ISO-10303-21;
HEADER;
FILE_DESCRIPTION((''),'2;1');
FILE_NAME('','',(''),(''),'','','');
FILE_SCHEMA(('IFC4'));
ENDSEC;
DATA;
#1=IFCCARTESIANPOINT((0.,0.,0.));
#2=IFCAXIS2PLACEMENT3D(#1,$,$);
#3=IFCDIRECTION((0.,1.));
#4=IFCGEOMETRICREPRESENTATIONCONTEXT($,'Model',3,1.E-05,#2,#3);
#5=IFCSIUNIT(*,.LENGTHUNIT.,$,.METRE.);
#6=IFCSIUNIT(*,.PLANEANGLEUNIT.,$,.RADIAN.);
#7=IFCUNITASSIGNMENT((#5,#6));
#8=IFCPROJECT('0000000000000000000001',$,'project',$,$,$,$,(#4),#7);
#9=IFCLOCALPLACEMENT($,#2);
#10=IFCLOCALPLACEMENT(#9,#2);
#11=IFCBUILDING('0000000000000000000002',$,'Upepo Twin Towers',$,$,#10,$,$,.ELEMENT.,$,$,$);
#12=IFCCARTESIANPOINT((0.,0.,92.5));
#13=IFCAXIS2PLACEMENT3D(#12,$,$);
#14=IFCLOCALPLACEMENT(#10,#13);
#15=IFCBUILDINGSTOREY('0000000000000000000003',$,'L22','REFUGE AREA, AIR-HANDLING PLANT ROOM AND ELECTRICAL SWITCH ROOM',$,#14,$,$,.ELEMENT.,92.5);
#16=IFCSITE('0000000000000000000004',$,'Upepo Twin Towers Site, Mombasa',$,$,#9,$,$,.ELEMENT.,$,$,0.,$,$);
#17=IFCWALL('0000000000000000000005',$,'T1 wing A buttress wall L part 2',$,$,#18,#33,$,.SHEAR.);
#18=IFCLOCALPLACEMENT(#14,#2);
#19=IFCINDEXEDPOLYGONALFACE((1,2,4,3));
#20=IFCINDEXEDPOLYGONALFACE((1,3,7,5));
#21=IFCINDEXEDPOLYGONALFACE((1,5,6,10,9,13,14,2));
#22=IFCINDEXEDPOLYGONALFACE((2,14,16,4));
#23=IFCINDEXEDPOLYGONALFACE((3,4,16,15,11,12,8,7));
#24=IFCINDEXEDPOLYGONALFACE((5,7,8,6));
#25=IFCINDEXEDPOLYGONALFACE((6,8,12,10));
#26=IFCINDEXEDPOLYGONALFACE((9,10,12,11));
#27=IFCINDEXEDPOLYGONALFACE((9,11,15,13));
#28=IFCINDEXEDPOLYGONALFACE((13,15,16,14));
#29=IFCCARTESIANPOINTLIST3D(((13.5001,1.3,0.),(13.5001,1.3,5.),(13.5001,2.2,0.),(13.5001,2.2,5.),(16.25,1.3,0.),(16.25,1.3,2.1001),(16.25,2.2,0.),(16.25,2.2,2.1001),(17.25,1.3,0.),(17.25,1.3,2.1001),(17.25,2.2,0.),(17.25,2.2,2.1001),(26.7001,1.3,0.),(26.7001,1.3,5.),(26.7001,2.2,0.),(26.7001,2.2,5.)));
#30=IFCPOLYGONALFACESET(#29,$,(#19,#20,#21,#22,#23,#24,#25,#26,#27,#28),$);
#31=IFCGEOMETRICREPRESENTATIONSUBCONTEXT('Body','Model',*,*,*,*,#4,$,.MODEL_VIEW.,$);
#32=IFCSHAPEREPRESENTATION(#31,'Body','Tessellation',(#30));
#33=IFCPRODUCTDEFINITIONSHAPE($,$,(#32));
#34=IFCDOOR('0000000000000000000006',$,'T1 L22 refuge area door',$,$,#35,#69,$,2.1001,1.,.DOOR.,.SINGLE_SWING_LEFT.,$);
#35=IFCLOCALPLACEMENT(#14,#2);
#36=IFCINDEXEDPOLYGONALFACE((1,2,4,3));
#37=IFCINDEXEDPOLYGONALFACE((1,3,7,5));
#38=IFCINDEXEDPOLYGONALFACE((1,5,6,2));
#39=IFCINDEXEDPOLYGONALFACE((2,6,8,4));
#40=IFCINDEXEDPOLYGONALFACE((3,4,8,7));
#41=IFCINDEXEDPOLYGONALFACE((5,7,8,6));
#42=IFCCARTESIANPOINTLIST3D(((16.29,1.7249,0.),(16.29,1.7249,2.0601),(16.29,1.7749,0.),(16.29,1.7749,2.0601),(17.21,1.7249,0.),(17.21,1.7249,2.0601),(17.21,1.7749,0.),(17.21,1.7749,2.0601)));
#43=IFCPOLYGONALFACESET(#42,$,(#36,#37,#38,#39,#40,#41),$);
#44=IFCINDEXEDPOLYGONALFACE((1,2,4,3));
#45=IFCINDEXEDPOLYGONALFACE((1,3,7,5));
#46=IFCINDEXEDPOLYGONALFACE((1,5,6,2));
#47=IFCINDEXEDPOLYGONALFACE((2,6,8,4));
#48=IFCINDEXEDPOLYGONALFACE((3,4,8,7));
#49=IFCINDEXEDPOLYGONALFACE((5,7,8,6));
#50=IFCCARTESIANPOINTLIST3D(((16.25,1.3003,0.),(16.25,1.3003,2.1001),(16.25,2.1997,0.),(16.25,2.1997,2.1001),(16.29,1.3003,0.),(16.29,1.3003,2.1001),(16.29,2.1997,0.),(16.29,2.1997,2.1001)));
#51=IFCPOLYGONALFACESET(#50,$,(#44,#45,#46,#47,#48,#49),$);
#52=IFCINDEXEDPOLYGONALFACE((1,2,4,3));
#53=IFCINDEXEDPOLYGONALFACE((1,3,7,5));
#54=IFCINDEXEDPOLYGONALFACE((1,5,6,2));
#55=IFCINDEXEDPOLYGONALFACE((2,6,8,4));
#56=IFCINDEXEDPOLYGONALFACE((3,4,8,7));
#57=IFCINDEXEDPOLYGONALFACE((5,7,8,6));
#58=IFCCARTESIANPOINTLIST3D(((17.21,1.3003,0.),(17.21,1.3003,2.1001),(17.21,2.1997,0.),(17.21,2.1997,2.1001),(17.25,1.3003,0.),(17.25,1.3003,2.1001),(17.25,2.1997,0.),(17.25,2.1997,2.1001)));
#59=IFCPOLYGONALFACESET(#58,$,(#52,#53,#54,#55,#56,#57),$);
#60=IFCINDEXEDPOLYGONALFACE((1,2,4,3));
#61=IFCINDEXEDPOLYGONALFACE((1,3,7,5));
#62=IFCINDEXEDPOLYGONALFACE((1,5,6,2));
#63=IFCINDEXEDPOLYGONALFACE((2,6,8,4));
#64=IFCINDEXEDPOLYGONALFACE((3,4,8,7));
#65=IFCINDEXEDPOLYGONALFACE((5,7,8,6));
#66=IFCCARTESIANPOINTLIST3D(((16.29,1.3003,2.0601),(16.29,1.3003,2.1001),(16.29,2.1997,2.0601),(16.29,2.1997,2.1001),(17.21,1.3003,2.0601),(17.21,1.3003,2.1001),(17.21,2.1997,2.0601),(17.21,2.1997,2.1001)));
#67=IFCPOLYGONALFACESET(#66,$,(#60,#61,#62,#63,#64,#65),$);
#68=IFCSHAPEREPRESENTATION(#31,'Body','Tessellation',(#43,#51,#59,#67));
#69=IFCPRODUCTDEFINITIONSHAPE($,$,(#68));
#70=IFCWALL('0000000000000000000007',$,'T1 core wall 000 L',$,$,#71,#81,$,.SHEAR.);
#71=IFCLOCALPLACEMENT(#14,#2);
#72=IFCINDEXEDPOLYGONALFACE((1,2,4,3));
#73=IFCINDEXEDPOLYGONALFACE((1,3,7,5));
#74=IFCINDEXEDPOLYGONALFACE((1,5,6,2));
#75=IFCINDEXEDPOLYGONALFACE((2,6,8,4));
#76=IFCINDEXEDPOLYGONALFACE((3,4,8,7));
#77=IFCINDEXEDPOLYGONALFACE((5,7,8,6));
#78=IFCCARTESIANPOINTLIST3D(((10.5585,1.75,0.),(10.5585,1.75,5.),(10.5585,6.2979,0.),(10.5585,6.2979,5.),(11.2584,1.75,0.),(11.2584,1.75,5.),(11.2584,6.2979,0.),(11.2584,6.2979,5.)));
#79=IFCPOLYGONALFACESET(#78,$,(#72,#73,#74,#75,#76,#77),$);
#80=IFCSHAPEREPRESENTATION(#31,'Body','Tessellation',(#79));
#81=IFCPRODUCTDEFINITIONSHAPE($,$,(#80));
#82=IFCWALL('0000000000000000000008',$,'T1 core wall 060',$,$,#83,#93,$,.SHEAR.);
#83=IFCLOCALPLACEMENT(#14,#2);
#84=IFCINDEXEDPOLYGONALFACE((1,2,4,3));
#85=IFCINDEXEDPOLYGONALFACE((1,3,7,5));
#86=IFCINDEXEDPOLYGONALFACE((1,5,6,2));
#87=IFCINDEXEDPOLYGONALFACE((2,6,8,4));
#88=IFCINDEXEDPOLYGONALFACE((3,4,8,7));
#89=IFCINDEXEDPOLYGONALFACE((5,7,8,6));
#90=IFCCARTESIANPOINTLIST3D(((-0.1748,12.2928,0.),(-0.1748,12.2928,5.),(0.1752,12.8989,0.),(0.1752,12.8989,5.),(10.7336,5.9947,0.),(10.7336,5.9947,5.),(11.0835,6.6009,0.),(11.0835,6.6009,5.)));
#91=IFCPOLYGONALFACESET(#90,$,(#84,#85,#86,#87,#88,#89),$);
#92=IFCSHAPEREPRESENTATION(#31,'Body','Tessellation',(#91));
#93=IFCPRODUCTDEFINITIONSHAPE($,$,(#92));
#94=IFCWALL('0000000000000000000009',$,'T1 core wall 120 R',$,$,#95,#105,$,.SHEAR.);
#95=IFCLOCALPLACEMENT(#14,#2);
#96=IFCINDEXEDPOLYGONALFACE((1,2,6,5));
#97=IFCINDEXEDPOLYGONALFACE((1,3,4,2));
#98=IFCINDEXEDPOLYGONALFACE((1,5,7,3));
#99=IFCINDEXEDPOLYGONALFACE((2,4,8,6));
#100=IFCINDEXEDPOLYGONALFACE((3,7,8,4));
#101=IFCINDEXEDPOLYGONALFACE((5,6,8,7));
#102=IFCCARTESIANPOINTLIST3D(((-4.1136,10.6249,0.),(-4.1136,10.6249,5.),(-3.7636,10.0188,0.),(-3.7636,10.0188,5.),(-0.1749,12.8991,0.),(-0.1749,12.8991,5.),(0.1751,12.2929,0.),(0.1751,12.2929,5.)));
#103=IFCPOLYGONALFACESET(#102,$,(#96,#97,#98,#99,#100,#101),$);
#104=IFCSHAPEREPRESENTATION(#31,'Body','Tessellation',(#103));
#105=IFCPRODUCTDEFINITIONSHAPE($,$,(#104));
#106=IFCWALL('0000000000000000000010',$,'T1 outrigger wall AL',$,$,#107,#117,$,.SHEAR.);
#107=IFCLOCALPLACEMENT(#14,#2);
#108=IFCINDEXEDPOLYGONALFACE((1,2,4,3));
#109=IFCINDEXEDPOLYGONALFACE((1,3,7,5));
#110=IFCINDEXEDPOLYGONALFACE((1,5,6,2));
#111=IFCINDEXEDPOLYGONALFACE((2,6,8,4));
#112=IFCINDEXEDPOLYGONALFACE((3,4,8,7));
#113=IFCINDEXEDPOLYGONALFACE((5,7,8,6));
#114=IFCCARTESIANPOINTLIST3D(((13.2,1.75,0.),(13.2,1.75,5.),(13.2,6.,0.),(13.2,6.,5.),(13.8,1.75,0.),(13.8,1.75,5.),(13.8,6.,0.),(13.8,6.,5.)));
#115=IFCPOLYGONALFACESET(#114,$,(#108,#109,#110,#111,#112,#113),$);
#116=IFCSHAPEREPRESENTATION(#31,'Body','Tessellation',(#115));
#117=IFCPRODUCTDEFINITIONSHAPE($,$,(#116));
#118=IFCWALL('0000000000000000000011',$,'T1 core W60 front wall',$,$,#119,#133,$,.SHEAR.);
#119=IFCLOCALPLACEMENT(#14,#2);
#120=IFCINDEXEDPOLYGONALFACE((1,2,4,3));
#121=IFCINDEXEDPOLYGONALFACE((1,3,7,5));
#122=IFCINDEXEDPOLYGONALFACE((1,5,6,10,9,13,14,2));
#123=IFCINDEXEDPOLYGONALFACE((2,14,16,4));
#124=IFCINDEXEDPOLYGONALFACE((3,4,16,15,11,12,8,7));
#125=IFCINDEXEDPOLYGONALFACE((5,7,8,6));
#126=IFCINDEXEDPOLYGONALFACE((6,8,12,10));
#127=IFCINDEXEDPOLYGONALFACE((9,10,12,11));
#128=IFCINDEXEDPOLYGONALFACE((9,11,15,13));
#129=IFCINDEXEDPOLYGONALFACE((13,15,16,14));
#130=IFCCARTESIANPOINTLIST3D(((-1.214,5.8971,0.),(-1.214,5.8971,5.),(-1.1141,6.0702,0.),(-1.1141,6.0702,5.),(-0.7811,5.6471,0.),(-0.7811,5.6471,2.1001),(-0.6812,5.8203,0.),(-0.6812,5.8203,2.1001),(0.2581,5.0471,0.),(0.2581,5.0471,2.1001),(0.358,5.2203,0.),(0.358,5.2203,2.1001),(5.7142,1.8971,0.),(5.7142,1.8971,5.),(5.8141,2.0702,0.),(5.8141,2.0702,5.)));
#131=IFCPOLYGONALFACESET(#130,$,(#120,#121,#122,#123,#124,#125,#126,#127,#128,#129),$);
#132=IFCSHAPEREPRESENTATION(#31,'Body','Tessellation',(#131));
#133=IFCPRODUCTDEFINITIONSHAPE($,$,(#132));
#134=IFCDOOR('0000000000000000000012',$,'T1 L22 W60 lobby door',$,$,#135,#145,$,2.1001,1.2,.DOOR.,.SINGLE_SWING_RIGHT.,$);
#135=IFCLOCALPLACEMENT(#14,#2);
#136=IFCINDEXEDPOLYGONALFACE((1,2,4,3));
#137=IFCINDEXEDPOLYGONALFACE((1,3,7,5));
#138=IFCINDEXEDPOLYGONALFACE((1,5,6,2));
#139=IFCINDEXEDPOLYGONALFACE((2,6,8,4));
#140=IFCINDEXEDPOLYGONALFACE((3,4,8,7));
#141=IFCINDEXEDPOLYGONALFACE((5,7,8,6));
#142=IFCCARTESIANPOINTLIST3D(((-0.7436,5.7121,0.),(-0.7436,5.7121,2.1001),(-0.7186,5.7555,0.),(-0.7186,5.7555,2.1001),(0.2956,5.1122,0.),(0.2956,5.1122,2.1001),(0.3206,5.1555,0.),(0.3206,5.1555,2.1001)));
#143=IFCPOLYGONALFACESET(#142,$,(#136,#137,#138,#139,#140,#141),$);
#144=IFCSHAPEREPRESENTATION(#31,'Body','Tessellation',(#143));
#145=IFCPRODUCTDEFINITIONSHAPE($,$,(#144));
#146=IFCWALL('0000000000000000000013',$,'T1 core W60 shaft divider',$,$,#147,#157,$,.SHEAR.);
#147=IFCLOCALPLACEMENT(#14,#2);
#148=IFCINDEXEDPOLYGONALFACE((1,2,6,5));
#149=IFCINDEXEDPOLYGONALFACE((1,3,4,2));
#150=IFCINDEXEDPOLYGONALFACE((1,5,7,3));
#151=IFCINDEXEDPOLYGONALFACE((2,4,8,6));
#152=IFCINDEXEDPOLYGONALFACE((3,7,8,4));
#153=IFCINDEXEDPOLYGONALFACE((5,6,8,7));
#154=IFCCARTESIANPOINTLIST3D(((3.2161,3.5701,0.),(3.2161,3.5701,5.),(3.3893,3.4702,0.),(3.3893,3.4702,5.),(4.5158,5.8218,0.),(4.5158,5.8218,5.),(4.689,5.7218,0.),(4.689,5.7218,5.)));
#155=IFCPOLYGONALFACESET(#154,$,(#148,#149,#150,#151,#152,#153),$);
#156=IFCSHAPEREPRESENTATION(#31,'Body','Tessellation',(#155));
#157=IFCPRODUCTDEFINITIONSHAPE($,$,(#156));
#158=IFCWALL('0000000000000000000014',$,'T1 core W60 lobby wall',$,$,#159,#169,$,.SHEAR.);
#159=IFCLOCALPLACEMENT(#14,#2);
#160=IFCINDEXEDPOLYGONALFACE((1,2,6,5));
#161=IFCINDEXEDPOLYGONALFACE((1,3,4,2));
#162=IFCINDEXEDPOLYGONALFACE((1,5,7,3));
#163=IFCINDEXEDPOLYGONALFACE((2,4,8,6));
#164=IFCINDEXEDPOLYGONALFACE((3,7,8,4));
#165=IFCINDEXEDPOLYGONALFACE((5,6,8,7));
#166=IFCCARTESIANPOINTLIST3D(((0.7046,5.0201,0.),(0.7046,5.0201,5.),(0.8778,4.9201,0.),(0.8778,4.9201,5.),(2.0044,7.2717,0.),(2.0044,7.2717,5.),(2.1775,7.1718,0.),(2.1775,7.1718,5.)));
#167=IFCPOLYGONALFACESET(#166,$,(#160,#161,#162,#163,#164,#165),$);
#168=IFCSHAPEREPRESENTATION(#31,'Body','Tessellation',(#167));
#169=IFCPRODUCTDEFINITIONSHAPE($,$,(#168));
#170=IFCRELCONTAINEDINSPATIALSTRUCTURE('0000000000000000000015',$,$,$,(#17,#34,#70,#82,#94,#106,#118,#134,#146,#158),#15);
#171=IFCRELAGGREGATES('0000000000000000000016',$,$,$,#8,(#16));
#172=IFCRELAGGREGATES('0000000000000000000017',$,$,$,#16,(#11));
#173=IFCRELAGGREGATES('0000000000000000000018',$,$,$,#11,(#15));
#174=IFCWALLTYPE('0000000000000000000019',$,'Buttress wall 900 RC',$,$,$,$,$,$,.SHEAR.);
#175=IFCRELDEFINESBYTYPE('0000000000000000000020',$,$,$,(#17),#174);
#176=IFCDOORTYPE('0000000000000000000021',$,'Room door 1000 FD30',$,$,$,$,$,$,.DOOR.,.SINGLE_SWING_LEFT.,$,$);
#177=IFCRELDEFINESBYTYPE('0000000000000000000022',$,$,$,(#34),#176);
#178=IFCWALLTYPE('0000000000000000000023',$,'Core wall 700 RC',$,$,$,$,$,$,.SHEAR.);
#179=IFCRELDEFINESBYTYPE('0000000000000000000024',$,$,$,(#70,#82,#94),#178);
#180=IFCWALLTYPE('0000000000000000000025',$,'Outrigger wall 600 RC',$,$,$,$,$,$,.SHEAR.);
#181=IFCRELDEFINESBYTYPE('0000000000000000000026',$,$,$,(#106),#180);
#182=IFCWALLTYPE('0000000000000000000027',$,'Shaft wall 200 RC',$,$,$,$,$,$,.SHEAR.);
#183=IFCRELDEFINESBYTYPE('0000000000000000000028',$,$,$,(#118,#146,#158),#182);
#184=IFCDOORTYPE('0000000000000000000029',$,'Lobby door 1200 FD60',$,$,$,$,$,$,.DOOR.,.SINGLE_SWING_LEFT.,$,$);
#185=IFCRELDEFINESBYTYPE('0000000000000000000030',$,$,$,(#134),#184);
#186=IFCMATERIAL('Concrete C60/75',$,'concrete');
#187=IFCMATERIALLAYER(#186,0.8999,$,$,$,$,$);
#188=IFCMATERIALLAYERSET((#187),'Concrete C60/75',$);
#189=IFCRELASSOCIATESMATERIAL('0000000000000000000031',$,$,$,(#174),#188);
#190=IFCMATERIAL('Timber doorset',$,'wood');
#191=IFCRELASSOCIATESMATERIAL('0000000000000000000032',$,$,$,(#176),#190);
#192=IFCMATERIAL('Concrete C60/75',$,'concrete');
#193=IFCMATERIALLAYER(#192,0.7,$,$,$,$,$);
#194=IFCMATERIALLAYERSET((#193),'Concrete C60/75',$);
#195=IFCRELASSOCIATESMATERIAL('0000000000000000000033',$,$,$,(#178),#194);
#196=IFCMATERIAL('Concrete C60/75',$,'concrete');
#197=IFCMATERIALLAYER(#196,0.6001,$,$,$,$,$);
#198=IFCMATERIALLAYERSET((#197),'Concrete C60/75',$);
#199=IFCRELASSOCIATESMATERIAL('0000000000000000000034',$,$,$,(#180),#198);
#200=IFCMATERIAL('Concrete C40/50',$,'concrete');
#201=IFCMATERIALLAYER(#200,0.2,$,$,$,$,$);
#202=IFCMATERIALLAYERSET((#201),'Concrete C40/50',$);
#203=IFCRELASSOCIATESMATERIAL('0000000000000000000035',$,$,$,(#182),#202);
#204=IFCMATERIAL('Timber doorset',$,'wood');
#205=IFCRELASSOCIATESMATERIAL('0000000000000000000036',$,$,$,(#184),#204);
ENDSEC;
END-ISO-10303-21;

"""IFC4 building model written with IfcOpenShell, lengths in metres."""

from ifc_helpers import new_model, si_unit, direction, frame, frame_2d, origin, place, context, subcontext, project, spatial, rectangle, extrude, material, layer, layer_set, type_object, element, fill, save


model = new_model("IFC4")

# Units and contexts
model_context = context("Model", 3, precision=1e-05, world=origin(), true_north=direction((0.0, 1.0)))
body_context = subcontext(model_context, "Body", "Model", "MODEL_VIEW")
ifc_project = project(units=[si_unit("LENGTHUNIT", "METRE"), si_unit("PLANEANGLEUNIT", "RADIAN")], contexts=[model_context])

# Site, building, storey
site_placement = place(None, origin())
site = spatial("IfcSite", under=ifc_project, at=site_placement, Name="Upepo Twin Towers Site, Mombasa", CompositionType="ELEMENT", RefElevation=0.0)
building_placement = place(site_placement, origin())
building = spatial("IfcBuilding", under=site, at=building_placement, Name="Upepo Twin Towers", CompositionType="ELEMENT")
storey_placement = place(building_placement, frame((0.0, 0.0, 92.5)))
storey = spatial("IfcBuildingStorey", under=building, at=storey_placement, Name="L22", Description="REFUGE AREA, AIR-HANDLING PLANT ROOM AND ELECTRICAL SWITCH ROOM", CompositionType="ELEMENT", Elevation=92.5)

# Wall, opening, door
ifc_material_1 = material(Name="Concrete C60/75", Category="concrete")
ifc_layer_1 = layer(ifc_material_1, 0.8999)
ifc_layer_set_1 = layer_set([ifc_layer_1], Name="Concrete C60/75")
wall_type_1 = type_object("IfcWallType", Name="Buttress wall 900 RC", PredefinedType="SHEAR", material=ifc_layer_set_1)
wall_1_placement = place(storey_placement, frame((13.5, 1.75, 0.0), z_axis=(0.0, 0.0, 1.0), x_axis=(1.0, 0.0, 0.0)))
wall_1 = element("IfcWall", 1, at=wall_1_placement, inside=storey, type_object=wall_type_1, Name="T1 wing A buttress wall L part 2", PredefinedType="SHEAR", context=body_context, shape_type="SweptSolid", body=[
    extrude(rectangle(XDim=13.2, YDim=0.8999, at=frame_2d((6.6001, 0.0))), origin(), (0.0, 0.0, 1.0), 5.0),
])
opening_1_placement = place(wall_1_placement, frame((2.75, 0.0, 0.0)))
opening_1 = element("IfcOpeningElement", 2, at=opening_1_placement, cuts=wall_1, PredefinedType="OPENING", context=body_context, shape_type="SweptSolid", body=[
    extrude(rectangle(XDim=1.0, YDim=2.1001, at=frame_2d((0.5, 1.05))), frame((0.0, 0.46, 0.0), z_axis=(0.0, -1.0, 0.0), x_axis=(1.0, 0.0, 0.0)), (0.0, 0.0, 1.0), 0.9199),
])
ifc_material_2 = material(Name="Timber doorset", Category="wood")
door_type_1 = type_object("IfcDoorType", Name="Room door 1000 FD30", OperationType="SINGLE_SWING_LEFT", PredefinedType="DOOR", material=ifc_material_2)
door_1_placement = place(opening_1_placement, origin())
door_1 = element("IfcDoor", 3, at=door_1_placement, inside=storey, type_object=door_type_1, Name="T1 L22 refuge area door", OperationType="SINGLE_SWING_LEFT", OverallHeight=2.1001, OverallWidth=1.0, PredefinedType="DOOR", context=body_context, shape_type="SweptSolid", body=[
    extrude(rectangle(XDim=0.92, YDim=2.0601, at=frame_2d((0.5, 1.03))), frame((0.0, 0.0249, 0.0), z_axis=(0.0, -1.0, 0.0), x_axis=(1.0, 0.0, 0.0)), (0.0, 0.0, 1.0), 0.05),
    extrude(rectangle(XDim=0.04, YDim=2.1001, at=frame_2d((0.02, 1.05))), frame((0.0, 0.4497, 0.0), z_axis=(0.0, -1.0, 0.0), x_axis=(1.0, 0.0, 0.0)), (0.0, 0.0, 1.0), 0.8994),
    extrude(rectangle(XDim=0.04, YDim=2.1001, at=frame_2d((0.98, 1.05))), frame((0.0, 0.4497, 0.0), z_axis=(0.0, -1.0, 0.0), x_axis=(1.0, 0.0, 0.0)), (0.0, 0.0, 1.0), 0.8994),
    extrude(rectangle(XDim=0.92, YDim=0.04, at=frame_2d((0.5, 2.0801))), frame((0.0, 0.4497, 0.0), z_axis=(0.0, -1.0, 0.0), x_axis=(1.0, 0.0, 0.0)), (0.0, 0.0, 1.0), 0.8994),
])
fill(opening_1, door_1)

# Walls
ifc_material_3 = material(Name="Concrete C60/75", Category="concrete")
ifc_layer_2 = layer(ifc_material_3, 0.7)
ifc_layer_set_2 = layer_set([ifc_layer_2], Name="Concrete C60/75")
wall_type_2 = type_object("IfcWallType", Name="Core wall 700 RC", PredefinedType="SHEAR", material=ifc_layer_set_2)
wall_2_placement = place(storey_placement, frame((10.9084, 1.75, 0.0), z_axis=(0.0, 0.0, 1.0), x_axis=(0.0, 1.0, 0.0)))
element("IfcWall", 4, at=wall_2_placement, inside=storey, type_object=wall_type_2, Name="T1 core wall 000 L", PredefinedType="SHEAR", context=body_context, shape_type="SweptSolid", body=[
    extrude(rectangle(XDim=4.5479, YDim=0.7, at=frame_2d((2.2739, 0.0))), origin(), (0.0, 0.0, 1.0), 5.0),
])
wall_3_placement = place(storey_placement, frame((10.9084, 6.2979, 0.0), z_axis=(0.0, 0.0, 1.0), x_axis=(-0.866022, 0.500006, 0.0)))
element("IfcWall", 5, at=wall_3_placement, inside=storey, type_object=wall_type_2, Name="T1 core wall 060", PredefinedType="SHEAR", context=body_context, shape_type="SweptSolid", body=[
    extrude(rectangle(XDim=12.5959, YDim=0.7, at=frame_2d((6.2979, 0.0))), origin(), (0.0, 0.0, 1.0), 5.0),
])
wall_4_placement = place(storey_placement, frame((0.0, 12.5959, 0.0), z_axis=(0.0, 0.0, 1.0), x_axis=(-0.866011, -0.500024, 0.0)))
element("IfcWall", 6, at=wall_4_placement, inside=storey, type_object=wall_type_2, Name="T1 core wall 120 R", PredefinedType="SHEAR", context=body_context, shape_type="SweptSolid", body=[
    extrude(rectangle(XDim=4.5481, YDim=0.7, at=frame_2d((2.2739, 0.0))), origin(), (0.0, 0.0, 1.0), 5.0),
])
ifc_material_4 = material(Name="Concrete C60/75", Category="concrete")
ifc_layer_3 = layer(ifc_material_4, 0.6001)
ifc_layer_set_3 = layer_set([ifc_layer_3], Name="Concrete C60/75")
wall_type_3 = type_object("IfcWallType", Name="Outrigger wall 600 RC", PredefinedType="SHEAR", material=ifc_layer_set_3)
wall_5_placement = place(storey_placement, frame((13.5, 1.75, 0.0), z_axis=(0.0, 0.0, 1.0), x_axis=(0.0, 1.0, 0.0)))
element("IfcWall", 7, at=wall_5_placement, inside=storey, type_object=wall_type_3, Name="T1 outrigger wall AL", PredefinedType="SHEAR", context=body_context, shape_type="SweptSolid", body=[
    extrude(rectangle(XDim=4.25, YDim=0.6001, at=frame_2d((2.125, 0.0))), origin(), (0.0, 0.0, 1.0), 5.0),
])

# Wall, opening, door
ifc_material_5 = material(Name="Concrete C40/50", Category="concrete")
ifc_layer_4 = layer(ifc_material_5, 0.2)
ifc_layer_set_4 = layer_set([ifc_layer_4], Name="Concrete C40/50")
wall_type_4 = type_object("IfcWallType", Name="Shaft wall 200 RC", PredefinedType="SHEAR", material=ifc_layer_set_4)
wall_6_placement = place(storey_placement, frame((5.7642, 1.9836, 0.0), z_axis=(0.0, 0.0, 1.0), x_axis=(-0.866026, 0.499999, 0.0)))
wall_6 = element("IfcWall", 8, at=wall_6_placement, inside=storey, type_object=wall_type_4, Name="T1 core W60 front wall", PredefinedType="SHEAR", context=body_context, shape_type="SweptSolid", body=[
    extrude(rectangle(XDim=8.0, YDim=0.2, at=frame_2d((4.0, 0.0))), origin(), (0.0, 0.0, 1.0), 5.0),
])
opening_2_placement = place(wall_6_placement, frame((6.3, 0.0, 0.0)))
opening_2 = element("IfcOpeningElement", 9, at=opening_2_placement, cuts=wall_6, PredefinedType="OPENING", context=body_context, shape_type="SweptSolid", body=[
    extrude(rectangle(XDim=1.2, YDim=2.1001, at=frame_2d((0.6001, 1.05))), frame((0.0, 0.1099, 0.0), z_axis=(0.0, -1.0, 0.0), x_axis=(1.0, 0.0, 0.0)), (0.0, 0.0, 1.0), 0.22),
])
ifc_material_6 = material(Name="Timber doorset", Category="wood")
door_type_2 = type_object("IfcDoorType", Name="Lobby door 1200 FD60", OperationType="SINGLE_SWING_LEFT", PredefinedType="DOOR", material=ifc_material_6)
door_2_placement = place(opening_2_placement, origin())
door_2 = element("IfcDoor", 10, at=door_2_placement, inside=storey, type_object=door_type_2, Name="T1 L22 W60 lobby door", OperationType="SINGLE_SWING_RIGHT", OverallHeight=2.1001, OverallWidth=1.2, PredefinedType="DOOR", context=body_context, shape_type="SweptSolid", body=[
    extrude(rectangle(XDim=1.2, YDim=2.1001, at=frame_2d((0.6001, 1.05))), frame((0.0, 0.0249, 0.0), z_axis=(0.0, -1.0, 0.0), x_axis=(1.0, 0.0, 0.0)), (0.0, 0.0, 1.0), 0.05),
])
fill(opening_2, door_2)

# Walls
for number, where, z_axis, x_axis, name in (
    (11, (3.3027, 3.5203, 0.0), (0.0, 0.0, 1.0), (0.499937, 0.866062, 0.0), "T1 core W60 shaft divider"),
    (12, (0.7913, 4.9702, 0.0), (0.0, 0.0, 1.0), (0.499937, 0.866062, 0.0), "T1 core W60 lobby wall"),
):
    element("IfcWall", number, at=place(storey_placement, frame(where, z_axis=z_axis, x_axis=x_axis)), inside=storey, type_object=wall_type_4, Name=name, PredefinedType="SHEAR", context=body_context, shape_type="SweptSolid", body=[
        extrude(rectangle(XDim=2.5999, YDim=0.2, at=frame_2d((1.2998, 0.0))), origin(), (0.0, 0.0, 1.0), 5.0),
    ])

save(model, "model.ifc")
